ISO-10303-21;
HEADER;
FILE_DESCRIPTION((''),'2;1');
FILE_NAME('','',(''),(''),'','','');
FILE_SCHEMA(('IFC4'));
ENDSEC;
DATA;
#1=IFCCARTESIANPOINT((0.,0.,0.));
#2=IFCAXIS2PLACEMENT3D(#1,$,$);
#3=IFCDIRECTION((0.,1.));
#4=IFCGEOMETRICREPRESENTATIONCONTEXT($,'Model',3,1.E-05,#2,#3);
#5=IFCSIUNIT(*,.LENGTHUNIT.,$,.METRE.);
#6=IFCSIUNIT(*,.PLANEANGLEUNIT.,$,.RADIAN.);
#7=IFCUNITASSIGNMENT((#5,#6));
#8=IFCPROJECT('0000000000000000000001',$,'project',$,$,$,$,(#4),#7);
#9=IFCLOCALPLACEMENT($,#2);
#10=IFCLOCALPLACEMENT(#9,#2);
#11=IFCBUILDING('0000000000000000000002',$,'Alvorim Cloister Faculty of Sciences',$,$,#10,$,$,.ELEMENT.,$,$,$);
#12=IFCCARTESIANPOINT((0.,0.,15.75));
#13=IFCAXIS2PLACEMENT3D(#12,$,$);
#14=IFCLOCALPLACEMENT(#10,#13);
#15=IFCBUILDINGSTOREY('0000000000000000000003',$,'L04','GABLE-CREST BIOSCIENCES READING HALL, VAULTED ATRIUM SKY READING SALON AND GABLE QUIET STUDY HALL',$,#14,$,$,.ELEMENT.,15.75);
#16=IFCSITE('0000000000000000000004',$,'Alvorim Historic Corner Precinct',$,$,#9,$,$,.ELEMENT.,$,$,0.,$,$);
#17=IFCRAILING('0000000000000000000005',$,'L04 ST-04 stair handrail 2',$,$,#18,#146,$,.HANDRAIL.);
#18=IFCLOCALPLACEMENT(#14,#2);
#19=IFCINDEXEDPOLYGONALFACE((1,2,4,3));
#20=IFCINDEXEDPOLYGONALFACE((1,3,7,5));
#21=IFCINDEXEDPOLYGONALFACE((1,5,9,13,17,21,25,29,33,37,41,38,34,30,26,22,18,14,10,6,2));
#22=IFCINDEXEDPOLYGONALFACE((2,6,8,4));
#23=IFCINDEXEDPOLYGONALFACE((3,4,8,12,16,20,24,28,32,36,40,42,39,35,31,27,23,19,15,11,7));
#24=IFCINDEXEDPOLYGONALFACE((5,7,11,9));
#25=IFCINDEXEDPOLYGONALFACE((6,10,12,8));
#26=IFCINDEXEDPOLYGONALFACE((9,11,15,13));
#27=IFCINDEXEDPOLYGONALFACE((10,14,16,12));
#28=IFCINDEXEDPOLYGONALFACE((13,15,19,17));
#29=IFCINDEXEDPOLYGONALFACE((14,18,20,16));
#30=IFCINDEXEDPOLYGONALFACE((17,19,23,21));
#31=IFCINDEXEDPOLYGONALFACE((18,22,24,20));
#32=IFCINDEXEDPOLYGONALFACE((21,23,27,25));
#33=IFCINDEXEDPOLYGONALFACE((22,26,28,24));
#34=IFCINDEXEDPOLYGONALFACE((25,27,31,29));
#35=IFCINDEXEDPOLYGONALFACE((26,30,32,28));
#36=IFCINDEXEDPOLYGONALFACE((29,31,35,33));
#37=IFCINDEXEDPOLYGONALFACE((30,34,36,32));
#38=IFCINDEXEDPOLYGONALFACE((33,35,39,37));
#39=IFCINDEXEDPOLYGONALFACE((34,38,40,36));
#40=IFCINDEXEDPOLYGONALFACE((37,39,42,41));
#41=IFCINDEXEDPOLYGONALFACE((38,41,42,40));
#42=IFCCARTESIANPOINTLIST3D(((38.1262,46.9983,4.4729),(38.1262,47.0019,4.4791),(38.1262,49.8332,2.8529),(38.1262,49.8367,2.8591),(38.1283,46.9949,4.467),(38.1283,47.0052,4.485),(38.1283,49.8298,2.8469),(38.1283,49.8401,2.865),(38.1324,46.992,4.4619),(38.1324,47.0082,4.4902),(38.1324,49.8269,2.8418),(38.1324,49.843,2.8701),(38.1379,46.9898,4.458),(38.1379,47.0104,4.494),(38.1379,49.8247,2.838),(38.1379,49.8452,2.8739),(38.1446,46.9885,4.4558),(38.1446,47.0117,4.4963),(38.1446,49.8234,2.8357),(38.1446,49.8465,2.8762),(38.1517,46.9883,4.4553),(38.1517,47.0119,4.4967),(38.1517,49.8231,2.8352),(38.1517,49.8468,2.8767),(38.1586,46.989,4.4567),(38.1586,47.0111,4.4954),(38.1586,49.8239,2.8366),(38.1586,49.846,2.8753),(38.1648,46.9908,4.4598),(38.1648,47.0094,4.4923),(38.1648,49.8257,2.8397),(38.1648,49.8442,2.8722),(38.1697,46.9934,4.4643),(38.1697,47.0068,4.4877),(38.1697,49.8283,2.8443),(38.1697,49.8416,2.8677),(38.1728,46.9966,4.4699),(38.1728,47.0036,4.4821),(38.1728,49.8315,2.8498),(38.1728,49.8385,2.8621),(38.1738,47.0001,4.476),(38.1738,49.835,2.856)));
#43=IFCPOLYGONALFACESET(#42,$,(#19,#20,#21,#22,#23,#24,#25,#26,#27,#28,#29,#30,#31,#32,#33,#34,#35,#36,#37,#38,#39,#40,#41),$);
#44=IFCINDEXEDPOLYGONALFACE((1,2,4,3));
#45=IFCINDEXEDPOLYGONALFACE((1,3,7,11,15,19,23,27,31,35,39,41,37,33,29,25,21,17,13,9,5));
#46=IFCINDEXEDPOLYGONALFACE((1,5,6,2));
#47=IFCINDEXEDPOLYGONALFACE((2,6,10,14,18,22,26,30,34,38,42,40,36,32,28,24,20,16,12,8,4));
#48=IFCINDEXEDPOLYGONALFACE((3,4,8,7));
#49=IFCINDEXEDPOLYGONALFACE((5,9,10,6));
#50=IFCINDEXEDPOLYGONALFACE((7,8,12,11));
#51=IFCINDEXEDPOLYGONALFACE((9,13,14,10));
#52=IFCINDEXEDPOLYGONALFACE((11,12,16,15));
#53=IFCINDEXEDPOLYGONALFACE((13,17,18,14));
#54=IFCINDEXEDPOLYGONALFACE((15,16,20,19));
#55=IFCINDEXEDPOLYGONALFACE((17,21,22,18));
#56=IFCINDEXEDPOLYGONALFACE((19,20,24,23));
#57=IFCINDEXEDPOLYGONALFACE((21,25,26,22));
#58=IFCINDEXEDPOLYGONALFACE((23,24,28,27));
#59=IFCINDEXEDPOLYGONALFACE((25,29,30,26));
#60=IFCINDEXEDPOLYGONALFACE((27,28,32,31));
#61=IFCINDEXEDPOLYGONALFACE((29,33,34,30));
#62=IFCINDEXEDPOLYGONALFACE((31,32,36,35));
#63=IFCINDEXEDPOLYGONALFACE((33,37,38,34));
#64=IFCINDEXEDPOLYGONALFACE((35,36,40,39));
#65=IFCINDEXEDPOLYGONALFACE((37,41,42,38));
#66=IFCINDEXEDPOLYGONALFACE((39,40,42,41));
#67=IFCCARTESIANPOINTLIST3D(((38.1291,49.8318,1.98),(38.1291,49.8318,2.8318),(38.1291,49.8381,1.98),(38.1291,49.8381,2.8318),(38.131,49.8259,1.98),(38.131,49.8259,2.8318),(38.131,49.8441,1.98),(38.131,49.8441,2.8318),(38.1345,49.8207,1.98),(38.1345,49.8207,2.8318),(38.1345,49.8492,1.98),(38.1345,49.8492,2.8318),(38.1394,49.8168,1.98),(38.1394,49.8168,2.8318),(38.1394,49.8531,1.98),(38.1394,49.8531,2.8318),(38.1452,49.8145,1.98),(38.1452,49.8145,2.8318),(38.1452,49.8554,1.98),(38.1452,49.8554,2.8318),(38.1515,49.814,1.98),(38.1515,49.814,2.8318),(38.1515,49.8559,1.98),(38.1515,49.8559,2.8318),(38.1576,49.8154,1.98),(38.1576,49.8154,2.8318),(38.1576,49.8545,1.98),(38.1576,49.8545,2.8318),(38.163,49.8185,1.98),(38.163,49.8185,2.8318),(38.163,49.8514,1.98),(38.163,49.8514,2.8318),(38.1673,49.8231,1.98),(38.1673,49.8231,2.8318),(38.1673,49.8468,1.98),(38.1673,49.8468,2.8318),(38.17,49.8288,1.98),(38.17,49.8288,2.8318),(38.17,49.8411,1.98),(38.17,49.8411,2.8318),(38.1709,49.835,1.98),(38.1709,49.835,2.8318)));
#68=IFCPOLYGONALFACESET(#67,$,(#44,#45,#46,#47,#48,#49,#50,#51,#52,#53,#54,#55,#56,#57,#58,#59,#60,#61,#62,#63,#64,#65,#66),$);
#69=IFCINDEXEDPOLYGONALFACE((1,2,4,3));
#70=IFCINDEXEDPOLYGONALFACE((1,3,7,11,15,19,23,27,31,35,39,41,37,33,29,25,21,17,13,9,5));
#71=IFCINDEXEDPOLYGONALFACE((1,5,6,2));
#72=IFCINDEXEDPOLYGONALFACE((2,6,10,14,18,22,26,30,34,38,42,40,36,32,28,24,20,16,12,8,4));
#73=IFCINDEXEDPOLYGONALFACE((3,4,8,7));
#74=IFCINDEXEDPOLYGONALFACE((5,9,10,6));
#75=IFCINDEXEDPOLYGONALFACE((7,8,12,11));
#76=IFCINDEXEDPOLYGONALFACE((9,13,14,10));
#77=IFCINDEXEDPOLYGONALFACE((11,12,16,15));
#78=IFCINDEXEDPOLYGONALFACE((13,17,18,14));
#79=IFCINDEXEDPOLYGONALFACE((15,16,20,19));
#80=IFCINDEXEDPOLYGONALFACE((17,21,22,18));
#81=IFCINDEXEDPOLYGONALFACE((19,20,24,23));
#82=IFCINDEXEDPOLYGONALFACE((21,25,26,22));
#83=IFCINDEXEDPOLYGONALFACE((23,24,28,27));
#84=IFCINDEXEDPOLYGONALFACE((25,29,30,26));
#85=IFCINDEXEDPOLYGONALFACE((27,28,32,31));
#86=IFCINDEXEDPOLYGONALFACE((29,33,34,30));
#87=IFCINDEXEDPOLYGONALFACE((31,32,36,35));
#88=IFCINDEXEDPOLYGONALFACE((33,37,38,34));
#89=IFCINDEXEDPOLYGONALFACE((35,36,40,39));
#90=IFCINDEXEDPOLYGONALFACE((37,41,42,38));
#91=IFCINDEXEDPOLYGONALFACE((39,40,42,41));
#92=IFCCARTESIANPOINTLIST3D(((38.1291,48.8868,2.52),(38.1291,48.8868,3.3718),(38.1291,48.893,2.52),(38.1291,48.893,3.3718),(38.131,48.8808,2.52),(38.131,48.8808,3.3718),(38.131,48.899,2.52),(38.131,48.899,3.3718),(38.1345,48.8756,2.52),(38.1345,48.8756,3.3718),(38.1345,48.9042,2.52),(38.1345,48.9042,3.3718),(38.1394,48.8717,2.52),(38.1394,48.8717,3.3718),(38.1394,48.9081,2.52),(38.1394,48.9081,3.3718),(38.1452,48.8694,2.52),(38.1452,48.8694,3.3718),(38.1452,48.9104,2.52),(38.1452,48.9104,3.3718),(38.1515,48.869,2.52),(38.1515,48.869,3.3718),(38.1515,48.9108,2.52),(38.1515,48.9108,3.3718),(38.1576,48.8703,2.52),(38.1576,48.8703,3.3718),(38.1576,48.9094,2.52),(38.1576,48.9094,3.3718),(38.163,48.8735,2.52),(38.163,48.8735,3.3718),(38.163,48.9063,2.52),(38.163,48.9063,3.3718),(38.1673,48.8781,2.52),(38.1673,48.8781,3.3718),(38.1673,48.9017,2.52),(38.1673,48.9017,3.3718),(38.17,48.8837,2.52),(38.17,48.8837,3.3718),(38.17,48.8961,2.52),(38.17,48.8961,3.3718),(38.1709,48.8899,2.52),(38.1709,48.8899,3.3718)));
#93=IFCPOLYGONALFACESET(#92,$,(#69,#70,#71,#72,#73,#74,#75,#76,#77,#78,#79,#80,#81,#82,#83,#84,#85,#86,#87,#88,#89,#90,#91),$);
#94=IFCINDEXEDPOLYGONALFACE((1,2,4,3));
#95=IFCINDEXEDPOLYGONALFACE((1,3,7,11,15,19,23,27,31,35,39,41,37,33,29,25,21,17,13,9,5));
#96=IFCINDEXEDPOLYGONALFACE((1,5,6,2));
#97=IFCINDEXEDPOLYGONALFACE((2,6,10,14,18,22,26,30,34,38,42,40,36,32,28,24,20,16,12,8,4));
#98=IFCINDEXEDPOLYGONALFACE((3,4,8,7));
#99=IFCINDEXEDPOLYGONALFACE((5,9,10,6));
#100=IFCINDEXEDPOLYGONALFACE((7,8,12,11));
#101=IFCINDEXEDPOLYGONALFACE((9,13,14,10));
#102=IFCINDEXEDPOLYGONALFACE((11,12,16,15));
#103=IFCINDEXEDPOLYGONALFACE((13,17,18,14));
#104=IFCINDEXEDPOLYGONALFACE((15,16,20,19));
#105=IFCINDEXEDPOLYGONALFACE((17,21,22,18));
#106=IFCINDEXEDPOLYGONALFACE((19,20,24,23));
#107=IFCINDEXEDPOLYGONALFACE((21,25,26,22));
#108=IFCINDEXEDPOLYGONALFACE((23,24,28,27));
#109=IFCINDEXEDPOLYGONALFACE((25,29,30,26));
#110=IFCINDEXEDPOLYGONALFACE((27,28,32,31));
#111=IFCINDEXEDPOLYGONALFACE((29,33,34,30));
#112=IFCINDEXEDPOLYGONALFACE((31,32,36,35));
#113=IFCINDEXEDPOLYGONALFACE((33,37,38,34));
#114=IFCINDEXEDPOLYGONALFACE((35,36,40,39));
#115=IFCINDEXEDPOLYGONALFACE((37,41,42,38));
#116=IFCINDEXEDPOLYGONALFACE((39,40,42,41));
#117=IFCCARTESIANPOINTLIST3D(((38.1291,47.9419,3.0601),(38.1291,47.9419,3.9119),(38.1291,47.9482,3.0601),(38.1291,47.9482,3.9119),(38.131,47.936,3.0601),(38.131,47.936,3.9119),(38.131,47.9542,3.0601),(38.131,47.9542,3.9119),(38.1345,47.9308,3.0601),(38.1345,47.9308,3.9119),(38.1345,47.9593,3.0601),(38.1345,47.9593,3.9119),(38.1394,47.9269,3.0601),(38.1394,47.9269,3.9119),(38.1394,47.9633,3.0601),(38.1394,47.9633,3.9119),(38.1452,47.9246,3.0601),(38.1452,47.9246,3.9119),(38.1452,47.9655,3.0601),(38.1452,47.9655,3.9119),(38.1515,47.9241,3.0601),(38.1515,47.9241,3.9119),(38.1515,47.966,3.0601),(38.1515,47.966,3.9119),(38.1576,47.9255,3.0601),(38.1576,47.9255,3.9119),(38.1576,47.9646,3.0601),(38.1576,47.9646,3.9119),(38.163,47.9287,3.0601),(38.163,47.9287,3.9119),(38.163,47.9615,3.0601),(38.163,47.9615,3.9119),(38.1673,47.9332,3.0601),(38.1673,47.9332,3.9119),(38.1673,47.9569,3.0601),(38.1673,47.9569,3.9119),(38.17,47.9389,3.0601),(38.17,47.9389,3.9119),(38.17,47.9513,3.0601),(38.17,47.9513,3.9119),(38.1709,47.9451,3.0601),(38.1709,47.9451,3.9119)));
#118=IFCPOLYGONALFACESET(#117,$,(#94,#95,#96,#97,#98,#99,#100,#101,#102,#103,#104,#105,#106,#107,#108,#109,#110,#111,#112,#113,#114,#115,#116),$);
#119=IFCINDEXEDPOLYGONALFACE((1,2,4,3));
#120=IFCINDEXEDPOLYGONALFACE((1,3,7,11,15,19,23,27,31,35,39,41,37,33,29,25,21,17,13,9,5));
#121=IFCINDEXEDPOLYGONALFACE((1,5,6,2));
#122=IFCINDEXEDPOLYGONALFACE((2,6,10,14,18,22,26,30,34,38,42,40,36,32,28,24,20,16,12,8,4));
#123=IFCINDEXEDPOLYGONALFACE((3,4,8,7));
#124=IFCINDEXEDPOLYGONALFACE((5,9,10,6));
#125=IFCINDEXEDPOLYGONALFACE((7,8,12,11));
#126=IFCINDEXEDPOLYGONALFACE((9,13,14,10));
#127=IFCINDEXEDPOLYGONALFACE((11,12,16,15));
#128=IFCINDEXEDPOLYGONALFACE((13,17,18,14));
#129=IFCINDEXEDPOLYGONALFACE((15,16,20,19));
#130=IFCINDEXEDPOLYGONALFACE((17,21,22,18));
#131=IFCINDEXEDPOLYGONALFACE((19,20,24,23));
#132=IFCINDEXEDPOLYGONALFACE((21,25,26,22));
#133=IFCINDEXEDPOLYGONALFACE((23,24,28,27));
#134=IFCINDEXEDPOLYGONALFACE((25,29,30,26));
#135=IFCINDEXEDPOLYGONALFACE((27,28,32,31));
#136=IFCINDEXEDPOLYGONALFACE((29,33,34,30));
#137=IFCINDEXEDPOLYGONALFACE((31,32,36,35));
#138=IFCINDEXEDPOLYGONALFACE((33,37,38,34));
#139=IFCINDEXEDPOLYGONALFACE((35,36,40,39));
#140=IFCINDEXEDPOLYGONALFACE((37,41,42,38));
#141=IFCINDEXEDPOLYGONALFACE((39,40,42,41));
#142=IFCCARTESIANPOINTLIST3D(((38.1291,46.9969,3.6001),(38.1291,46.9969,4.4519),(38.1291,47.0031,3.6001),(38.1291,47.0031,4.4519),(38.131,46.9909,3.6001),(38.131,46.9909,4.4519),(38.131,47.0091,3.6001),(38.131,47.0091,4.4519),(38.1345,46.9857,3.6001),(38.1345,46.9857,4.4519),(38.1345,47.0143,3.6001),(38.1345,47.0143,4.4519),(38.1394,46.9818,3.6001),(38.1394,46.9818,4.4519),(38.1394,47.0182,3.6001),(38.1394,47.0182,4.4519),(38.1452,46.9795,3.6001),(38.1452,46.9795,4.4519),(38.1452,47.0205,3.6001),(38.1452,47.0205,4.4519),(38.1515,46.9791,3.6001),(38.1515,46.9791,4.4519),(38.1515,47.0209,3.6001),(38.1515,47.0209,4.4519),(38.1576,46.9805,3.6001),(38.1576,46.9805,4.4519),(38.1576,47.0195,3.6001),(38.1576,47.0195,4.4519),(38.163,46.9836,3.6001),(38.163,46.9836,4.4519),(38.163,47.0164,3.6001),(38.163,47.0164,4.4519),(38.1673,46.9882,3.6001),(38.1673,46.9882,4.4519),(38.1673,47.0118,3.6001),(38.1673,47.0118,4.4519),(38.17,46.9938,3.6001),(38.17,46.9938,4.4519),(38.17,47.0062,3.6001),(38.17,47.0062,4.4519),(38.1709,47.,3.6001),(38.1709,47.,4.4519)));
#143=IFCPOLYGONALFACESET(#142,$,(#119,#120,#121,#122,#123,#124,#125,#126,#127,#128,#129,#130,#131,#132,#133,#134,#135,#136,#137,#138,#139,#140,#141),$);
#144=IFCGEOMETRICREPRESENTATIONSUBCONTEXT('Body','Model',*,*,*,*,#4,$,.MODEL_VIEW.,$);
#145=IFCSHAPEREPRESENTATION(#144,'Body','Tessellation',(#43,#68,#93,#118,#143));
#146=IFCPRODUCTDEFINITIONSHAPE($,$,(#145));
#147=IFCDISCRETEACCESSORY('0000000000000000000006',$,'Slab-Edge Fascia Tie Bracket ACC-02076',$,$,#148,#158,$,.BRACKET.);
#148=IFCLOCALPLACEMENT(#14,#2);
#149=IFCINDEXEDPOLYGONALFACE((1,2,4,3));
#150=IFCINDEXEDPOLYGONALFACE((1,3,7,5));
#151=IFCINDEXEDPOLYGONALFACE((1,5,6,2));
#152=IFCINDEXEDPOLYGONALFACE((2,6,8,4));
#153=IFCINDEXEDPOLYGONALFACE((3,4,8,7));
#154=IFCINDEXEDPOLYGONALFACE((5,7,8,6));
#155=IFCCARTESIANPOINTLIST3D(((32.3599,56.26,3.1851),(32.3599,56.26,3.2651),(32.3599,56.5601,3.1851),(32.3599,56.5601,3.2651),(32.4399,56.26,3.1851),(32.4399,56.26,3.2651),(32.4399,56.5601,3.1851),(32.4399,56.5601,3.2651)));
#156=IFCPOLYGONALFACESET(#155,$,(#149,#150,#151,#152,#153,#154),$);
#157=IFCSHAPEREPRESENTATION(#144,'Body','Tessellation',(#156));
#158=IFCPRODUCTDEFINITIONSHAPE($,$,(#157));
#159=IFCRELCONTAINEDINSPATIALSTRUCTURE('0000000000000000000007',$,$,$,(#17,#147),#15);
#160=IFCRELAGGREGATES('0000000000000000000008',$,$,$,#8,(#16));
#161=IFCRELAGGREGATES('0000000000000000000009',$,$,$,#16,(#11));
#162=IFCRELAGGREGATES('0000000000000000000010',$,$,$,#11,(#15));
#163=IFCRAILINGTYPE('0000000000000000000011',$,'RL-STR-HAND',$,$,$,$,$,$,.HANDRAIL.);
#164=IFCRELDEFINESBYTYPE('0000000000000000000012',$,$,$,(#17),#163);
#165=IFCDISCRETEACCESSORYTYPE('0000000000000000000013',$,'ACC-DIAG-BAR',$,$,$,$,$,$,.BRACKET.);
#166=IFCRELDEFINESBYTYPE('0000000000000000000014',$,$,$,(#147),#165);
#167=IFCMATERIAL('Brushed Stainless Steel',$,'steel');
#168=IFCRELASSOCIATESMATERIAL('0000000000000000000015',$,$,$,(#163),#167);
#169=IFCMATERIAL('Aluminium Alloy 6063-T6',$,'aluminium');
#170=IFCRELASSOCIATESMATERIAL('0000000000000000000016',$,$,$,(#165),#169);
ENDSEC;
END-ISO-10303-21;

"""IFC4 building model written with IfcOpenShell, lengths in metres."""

from ifc_helpers import new_model, si_unit, direction, frame, origin, origin_2d, place, context, subcontext, project, spatial, rectangle, circle, extrude, material, type_object, element, save


model = new_model("IFC4")

# Units and contexts
model_context = context("Model", 3, precision=1e-05, world=origin(), true_north=direction((0.0, 1.0)))
body_context = subcontext(model_context, "Body", "Model", "MODEL_VIEW")
ifc_project = project(units=[si_unit("LENGTHUNIT", "METRE"), si_unit("PLANEANGLEUNIT", "RADIAN")], contexts=[model_context])

# Site, building, storey
site_placement = place(None, origin())
site = spatial("IfcSite", under=ifc_project, at=site_placement, Name="Alvorim Historic Corner Precinct", CompositionType="ELEMENT", RefElevation=0.0)
building_placement = place(site_placement, origin())
building = spatial("IfcBuilding", under=site, at=building_placement, Name="Alvorim Cloister Faculty of Sciences", CompositionType="ELEMENT")
storey_placement = place(building_placement, frame((0.0, 0.0, 15.75)))
storey = spatial("IfcBuildingStorey", under=building, at=storey_placement, Name="L04", Description="GABLE-CREST BIOSCIENCES READING HALL, VAULTED ATRIUM SKY READING SALON AND GABLE QUIET STUDY HALL", CompositionType="ELEMENT", Elevation=15.75)

# Shared definitions
ifc_material_1 = material(Name="Aluminium Alloy 6063-T6", Category="aluminium")

# Shared definitions
ifc_material_2 = material(Name="Brushed Stainless Steel", Category="steel")

# Railing
railing_type_1 = type_object("IfcRailingType", Name="RL-STR-HAND", PredefinedType="HANDRAIL", material=ifc_material_2)
railing_1_placement = place(storey_placement, frame((38.1499, 49.835, 1.98)))
element("IfcRailing", 1, at=railing_1_placement, inside=storey, type_object=railing_type_1, Name="L04 ST-04 stair handrail 2", PredefinedType="HANDRAIL", context=body_context, shape_type="SweptSolid", body=[
    extrude(circle(Radius=0.0239, at=origin_2d()), frame((0.0, 0.0, 0.876), z_axis=(0.0, -0.868225, 0.496171), x_axis=(1.0, 0.0, 0.0)), (0.0, 0.0, 1.0), 3.2651),
    extrude(circle(Radius=0.021, at=origin_2d()), origin(), (0.0, 0.0, 1.0), 0.8518),
    extrude(circle(Radius=0.021, at=origin_2d()), frame((0.0, -0.9451, 0.54)), (0.0, 0.0, 1.0), 0.8518),
    extrude(circle(Radius=0.021, at=origin_2d()), frame((0.0, -1.8899, 1.0801)), (0.0, 0.0, 1.0), 0.8518),
    extrude(circle(Radius=0.021, at=origin_2d()), frame((0.0, -2.835, 1.6201)), (0.0, 0.0, 1.0), 0.8518),
])

# Discrete accessory
discrete_accessory_type = type_object("IfcDiscreteAccessoryType", Name="ACC-DIAG-BAR", PredefinedType="BRACKET", material=ifc_material_1)
discrete_accessory_placement = place(storey_placement, frame((32.3999, 56.26, 3.2251), z_axis=(0.0, 1.0, 0.0), x_axis=(-1.0, 0.0, 0.0)))
element("IfcDiscreteAccessory", 2, at=discrete_accessory_placement, inside=storey, type_object=discrete_accessory_type, Name="Slab-Edge Fascia Tie Bracket ACC-02076", PredefinedType="BRACKET", context=body_context, shape_type="SweptSolid", body=[
    extrude(rectangle(XDim=0.0801, YDim=0.0801, at=origin_2d()), origin(), (0.0, 0.0, 1.0), 0.3),
])

save(model, "model.ifc")
